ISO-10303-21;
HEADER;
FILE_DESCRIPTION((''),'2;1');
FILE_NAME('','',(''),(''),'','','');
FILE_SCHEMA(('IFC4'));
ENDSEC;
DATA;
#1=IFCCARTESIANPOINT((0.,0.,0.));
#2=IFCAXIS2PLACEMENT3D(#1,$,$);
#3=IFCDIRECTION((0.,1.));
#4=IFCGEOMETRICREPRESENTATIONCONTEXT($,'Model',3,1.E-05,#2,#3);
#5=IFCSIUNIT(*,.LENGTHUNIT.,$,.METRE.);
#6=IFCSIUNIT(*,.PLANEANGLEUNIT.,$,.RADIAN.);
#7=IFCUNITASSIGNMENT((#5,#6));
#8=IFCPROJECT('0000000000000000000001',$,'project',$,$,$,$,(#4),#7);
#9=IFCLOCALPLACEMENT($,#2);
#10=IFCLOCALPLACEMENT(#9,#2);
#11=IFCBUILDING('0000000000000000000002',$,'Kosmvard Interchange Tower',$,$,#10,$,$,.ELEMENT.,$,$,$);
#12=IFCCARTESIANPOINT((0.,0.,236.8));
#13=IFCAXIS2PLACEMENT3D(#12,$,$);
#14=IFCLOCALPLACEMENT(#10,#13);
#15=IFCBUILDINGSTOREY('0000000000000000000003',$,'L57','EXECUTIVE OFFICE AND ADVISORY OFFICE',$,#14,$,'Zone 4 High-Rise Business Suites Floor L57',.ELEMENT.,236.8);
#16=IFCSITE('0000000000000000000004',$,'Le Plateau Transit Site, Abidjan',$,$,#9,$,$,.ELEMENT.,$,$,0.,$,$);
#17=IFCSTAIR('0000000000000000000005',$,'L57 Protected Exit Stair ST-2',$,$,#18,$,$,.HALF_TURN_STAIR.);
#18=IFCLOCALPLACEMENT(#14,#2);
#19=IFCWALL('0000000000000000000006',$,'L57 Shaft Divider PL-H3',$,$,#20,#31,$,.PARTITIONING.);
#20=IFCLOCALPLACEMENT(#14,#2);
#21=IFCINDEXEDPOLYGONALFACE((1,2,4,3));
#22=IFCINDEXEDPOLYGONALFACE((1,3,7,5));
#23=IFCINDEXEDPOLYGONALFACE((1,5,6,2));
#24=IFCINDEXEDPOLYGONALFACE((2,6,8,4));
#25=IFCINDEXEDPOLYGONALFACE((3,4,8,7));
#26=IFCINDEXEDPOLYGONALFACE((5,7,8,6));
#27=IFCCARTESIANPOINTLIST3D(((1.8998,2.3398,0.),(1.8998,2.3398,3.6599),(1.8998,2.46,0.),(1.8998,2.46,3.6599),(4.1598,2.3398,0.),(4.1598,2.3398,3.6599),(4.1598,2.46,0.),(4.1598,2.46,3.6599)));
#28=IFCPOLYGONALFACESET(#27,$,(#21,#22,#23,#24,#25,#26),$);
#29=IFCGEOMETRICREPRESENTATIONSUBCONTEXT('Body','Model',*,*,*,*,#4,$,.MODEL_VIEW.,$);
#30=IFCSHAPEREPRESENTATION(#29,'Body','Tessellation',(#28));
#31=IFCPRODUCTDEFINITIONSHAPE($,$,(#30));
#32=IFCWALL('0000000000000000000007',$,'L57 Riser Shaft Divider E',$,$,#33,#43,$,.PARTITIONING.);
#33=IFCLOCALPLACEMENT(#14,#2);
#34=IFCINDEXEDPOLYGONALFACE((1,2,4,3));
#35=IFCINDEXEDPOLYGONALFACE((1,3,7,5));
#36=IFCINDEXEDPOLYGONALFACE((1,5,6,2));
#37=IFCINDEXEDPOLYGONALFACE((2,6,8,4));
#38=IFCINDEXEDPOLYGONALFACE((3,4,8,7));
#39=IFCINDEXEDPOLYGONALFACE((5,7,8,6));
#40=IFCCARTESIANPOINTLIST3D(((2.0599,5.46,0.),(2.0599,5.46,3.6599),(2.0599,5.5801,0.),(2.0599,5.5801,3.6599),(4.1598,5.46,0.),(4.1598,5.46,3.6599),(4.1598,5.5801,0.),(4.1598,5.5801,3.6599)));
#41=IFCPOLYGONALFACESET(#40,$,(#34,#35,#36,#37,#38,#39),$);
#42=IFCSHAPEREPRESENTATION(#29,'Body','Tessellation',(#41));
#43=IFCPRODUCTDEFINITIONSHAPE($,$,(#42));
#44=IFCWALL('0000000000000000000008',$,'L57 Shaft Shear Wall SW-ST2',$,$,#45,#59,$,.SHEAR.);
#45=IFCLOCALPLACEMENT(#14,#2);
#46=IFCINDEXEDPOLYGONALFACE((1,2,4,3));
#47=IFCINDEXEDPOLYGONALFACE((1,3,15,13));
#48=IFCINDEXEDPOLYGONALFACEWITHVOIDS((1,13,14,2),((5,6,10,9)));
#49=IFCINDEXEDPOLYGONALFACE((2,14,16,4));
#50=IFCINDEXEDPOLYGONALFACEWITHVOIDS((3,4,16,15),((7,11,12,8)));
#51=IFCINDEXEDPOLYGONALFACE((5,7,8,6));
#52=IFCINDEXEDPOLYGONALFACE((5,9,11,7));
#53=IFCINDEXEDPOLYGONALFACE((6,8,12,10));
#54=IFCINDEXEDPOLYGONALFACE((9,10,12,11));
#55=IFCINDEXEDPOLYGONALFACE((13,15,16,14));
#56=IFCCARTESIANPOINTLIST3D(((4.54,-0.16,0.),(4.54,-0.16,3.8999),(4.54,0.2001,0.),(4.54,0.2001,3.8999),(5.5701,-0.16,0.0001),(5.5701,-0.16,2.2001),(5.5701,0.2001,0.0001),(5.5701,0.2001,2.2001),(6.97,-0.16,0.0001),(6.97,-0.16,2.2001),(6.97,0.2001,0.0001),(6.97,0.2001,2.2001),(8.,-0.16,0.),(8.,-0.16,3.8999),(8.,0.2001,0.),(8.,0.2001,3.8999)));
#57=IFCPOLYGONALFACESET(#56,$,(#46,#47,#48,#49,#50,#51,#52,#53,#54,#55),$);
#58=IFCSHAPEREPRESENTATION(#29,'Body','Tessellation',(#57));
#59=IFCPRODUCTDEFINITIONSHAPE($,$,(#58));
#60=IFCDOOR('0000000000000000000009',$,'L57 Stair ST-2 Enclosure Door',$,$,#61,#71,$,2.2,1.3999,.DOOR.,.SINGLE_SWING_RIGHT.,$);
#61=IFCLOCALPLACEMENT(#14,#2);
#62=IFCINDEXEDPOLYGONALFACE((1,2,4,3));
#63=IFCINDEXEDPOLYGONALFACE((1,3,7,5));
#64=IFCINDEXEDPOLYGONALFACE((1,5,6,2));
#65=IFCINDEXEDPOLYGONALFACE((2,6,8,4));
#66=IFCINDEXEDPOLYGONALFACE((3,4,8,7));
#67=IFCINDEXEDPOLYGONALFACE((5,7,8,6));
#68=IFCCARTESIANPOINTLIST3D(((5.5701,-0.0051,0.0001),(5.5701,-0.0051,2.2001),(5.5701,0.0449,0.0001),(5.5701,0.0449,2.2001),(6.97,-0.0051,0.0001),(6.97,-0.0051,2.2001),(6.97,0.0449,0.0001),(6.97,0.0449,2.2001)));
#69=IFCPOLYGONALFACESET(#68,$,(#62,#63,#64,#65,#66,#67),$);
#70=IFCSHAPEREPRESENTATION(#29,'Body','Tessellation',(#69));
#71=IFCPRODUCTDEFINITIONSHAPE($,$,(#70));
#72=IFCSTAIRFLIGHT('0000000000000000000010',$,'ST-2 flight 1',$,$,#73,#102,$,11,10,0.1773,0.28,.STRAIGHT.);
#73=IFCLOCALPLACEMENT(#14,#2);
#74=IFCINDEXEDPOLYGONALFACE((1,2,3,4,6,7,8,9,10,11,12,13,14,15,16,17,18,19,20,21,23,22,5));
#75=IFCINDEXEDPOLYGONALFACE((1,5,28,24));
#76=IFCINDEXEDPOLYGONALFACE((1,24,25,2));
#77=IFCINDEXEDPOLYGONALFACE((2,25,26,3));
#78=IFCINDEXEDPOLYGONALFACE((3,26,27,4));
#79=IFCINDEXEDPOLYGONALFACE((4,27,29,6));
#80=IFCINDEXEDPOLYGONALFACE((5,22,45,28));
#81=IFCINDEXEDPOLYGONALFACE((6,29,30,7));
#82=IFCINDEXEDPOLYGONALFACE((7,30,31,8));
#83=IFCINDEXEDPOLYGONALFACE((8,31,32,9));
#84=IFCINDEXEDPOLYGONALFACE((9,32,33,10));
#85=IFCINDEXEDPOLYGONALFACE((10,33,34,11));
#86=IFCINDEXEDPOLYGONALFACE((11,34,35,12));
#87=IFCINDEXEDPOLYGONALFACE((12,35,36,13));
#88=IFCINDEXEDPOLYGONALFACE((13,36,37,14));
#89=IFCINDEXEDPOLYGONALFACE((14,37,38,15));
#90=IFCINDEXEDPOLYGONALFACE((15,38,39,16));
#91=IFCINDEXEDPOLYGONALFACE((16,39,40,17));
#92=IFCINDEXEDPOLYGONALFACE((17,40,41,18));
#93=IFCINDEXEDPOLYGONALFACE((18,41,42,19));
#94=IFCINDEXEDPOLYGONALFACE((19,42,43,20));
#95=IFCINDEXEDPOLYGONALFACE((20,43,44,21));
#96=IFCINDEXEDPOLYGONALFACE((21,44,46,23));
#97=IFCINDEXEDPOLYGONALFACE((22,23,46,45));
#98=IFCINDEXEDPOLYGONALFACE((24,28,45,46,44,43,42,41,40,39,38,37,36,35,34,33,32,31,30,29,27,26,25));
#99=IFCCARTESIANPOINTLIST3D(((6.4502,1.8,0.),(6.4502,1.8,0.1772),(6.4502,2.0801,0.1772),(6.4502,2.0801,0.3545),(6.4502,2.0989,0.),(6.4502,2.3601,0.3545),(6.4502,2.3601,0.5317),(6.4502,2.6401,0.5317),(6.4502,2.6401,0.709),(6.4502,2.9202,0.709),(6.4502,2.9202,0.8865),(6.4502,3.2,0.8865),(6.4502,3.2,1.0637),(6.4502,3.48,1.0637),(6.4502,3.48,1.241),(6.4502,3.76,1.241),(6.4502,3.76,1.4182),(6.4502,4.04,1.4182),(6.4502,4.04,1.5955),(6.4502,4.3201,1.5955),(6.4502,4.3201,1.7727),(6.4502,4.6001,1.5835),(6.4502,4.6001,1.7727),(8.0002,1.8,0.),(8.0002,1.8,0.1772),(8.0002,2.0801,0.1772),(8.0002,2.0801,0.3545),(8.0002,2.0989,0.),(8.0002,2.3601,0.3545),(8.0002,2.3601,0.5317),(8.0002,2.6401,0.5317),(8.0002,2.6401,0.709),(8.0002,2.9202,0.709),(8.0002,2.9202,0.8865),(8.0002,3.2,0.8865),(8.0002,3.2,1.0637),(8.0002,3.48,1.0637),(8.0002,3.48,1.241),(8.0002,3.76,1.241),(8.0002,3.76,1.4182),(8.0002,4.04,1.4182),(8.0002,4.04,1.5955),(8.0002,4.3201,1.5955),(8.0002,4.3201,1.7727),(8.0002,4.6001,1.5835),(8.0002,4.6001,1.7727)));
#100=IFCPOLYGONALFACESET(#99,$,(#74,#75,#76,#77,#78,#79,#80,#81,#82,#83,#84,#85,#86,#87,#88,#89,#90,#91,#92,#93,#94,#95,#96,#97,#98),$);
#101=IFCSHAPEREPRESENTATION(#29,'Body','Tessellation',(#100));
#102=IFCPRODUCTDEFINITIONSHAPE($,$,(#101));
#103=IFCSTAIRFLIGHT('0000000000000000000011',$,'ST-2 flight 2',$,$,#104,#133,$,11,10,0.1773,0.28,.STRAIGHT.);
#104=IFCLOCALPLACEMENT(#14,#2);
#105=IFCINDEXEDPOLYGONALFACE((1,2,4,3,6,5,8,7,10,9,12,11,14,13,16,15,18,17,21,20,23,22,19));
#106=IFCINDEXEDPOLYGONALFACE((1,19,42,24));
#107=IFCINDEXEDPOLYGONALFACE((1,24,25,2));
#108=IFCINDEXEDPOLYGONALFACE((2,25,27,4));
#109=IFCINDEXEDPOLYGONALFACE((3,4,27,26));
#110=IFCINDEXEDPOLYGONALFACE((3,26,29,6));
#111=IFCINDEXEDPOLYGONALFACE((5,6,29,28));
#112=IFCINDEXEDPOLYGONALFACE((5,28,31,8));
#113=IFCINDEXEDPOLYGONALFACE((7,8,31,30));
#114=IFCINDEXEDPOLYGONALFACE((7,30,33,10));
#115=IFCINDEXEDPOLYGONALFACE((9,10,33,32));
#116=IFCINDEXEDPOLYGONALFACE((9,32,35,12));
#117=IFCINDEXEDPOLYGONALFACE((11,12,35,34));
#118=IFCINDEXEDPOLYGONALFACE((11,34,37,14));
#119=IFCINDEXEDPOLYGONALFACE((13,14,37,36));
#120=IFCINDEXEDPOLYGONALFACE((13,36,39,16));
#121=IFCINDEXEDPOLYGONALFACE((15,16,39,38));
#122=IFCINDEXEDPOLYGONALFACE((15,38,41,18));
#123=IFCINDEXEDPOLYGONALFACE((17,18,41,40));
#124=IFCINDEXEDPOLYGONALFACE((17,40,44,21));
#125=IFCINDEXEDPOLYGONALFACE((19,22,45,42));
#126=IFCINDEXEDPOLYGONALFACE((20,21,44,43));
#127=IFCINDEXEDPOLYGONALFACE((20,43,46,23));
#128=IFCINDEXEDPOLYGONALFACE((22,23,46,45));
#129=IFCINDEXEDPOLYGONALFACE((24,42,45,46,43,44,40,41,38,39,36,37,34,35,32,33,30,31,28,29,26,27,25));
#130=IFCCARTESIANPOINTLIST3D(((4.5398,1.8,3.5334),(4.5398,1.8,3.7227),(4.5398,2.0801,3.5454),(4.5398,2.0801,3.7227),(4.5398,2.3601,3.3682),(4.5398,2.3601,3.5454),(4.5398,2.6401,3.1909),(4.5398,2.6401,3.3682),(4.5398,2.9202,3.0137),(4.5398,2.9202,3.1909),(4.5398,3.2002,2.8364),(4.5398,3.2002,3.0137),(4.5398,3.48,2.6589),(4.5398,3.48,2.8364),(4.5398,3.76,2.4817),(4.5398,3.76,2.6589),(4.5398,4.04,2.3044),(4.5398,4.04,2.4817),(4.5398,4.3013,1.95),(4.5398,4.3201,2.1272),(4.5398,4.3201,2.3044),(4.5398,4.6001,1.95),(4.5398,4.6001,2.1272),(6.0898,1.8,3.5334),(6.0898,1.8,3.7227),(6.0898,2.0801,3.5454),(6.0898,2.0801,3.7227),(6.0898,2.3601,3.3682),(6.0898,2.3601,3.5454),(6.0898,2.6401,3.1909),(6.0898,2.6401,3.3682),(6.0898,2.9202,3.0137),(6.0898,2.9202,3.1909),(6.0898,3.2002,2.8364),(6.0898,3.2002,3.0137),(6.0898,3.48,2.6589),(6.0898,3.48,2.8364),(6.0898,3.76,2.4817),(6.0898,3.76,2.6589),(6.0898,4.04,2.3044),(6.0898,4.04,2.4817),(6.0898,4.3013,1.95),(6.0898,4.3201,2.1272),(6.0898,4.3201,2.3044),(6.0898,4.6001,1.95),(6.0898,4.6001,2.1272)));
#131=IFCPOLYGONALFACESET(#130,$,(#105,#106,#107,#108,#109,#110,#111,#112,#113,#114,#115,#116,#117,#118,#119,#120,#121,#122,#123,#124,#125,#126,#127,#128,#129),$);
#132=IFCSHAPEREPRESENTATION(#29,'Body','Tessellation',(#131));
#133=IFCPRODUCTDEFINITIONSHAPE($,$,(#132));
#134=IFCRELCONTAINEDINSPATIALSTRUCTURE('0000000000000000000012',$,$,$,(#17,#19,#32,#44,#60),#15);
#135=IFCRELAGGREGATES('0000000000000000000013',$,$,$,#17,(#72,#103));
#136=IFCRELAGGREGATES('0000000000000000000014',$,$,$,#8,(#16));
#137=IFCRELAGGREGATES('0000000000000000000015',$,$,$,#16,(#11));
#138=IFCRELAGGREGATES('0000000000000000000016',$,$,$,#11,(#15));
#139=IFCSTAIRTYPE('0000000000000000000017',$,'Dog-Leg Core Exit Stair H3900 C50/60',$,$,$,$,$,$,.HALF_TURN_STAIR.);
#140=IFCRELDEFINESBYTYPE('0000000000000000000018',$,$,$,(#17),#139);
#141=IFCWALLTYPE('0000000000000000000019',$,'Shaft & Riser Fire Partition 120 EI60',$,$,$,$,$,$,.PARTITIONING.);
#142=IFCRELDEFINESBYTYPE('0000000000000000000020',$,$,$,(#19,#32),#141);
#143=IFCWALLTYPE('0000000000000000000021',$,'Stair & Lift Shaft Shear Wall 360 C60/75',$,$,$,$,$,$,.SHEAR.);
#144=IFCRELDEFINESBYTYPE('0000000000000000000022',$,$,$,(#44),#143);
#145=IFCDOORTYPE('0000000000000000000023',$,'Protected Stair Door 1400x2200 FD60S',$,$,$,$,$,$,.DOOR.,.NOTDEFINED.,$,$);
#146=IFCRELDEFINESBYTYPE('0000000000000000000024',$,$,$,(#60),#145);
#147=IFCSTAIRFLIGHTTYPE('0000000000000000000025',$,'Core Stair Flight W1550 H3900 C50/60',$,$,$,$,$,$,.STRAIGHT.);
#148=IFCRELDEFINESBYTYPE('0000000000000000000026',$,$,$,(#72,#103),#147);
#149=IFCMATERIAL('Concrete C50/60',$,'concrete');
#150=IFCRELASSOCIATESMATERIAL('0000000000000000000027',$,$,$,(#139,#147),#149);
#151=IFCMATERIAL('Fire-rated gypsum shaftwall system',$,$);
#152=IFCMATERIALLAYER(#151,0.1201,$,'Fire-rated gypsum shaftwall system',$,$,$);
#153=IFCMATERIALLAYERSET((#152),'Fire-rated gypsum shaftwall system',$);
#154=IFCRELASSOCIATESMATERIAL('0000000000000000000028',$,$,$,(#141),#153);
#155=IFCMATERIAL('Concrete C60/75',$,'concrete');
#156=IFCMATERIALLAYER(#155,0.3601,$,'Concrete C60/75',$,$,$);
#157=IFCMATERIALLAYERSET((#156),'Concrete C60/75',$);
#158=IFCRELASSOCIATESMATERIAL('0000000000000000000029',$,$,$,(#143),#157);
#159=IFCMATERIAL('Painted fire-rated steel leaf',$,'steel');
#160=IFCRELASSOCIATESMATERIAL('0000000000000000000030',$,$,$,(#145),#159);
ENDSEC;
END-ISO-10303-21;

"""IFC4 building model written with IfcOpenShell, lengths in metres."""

from ifc_helpers import new_model, si_unit, direction, frame, frame_2d, origin, place, context, subcontext, project, spatial, polyline, rectangle, outline, extrude, source, transform, mapped, material, layer, layer_set, type_object, element, fill, aggregate, save


model = new_model("IFC4")

# Units and contexts
model_context = context("Model", 3, precision=1e-05, world=origin(), true_north=direction((0.0, 1.0)))
body_context = subcontext(model_context, "Body", "Model", "MODEL_VIEW")
ifc_project = project(units=[si_unit("LENGTHUNIT", "METRE"), si_unit("PLANEANGLEUNIT", "RADIAN")], contexts=[model_context])

# Site, building, storey
site_placement = place(None, origin())
site = spatial("IfcSite", under=ifc_project, at=site_placement, Name="Le Plateau Transit Site, Abidjan", CompositionType="ELEMENT", RefElevation=0.0)
building_placement = place(site_placement, origin())
building = spatial("IfcBuilding", under=site, at=building_placement, Name="Kosmvard Interchange Tower", CompositionType="ELEMENT")
storey_placement = place(building_placement, frame((0.0, 0.0, 236.8)))
storey = spatial("IfcBuildingStorey", under=building, at=storey_placement, Name="L57", Description="EXECUTIVE OFFICE AND ADVISORY OFFICE", LongName="Zone 4 High-Rise Business Suites Floor L57", CompositionType="ELEMENT", Elevation=236.8)

# Shared definitions
ifc_material_1 = material(Name="Concrete C50/60", Category="concrete")

# Stair
stair_type = type_object("IfcStairType", Name="Dog-Leg Core Exit Stair H3900 C50/60", PredefinedType="HALF_TURN_STAIR", material=ifc_material_1)
stair_placement = place(storey_placement, origin())
stair = element("IfcStair", 1, at=stair_placement, inside=storey, type_object=stair_type, Name="L57 Protected Exit Stair ST-2", PredefinedType="HALF_TURN_STAIR")

# Walls
ifc_material_2 = material(Name="Fire-rated gypsum shaftwall system")
ifc_layer_1 = layer(ifc_material_2, 0.1201, Name="Fire-rated gypsum shaftwall system")
ifc_layer_set_1 = layer_set([ifc_layer_1], Name="Fire-rated gypsum shaftwall system")
wall_type_1 = type_object("IfcWallType", Name="Shaft & Riser Fire Partition 120 EI60", PredefinedType="PARTITIONING", material=ifc_layer_set_1)
wall_1_placement = place(storey_placement, frame((1.8999, 2.3999, 0.0), z_axis=(0.0, 0.0, 1.0), x_axis=(1.0, 0.0, 0.0)))
element("IfcWall", 2, at=wall_1_placement, inside=storey, type_object=wall_type_1, Name="L57 Shaft Divider PL-H3", PredefinedType="PARTITIONING", context=body_context, shape_type="SweptSolid", body=[
    extrude(rectangle(XDim=2.26, YDim=0.1201, at=frame_2d((1.1299, 0.0))), origin(), (0.0, 0.0, 1.0), 3.6599),
])
wall_2_placement = place(storey_placement, frame((2.0601, 5.52, 0.0), z_axis=(0.0, 0.0, 1.0), x_axis=(1.0, 0.0, 0.0)))
element("IfcWall", 3, at=wall_2_placement, inside=storey, type_object=wall_type_1, Name="L57 Riser Shaft Divider E", PredefinedType="PARTITIONING", context=body_context, shape_type="SweptSolid", body=[
    extrude(rectangle(XDim=2.0999, YDim=0.1201, at=frame_2d((1.0498, 0.0))), origin(), (0.0, 0.0, 1.0), 3.6599),
])

# Wall, opening, door
ifc_material_3 = material(Name="Concrete C60/75", Category="concrete")
ifc_layer_2 = layer(ifc_material_3, 0.3601, Name="Concrete C60/75")
ifc_layer_set_2 = layer_set([ifc_layer_2], Name="Concrete C60/75")
wall_type_2 = type_object("IfcWallType", Name="Stair & Lift Shaft Shear Wall 360 C60/75", PredefinedType="SHEAR", material=ifc_layer_set_2)
wall_3_placement = place(storey_placement, frame((4.54, 0.02, 0.0), z_axis=(0.0, 0.0, 1.0), x_axis=(1.0, 0.0, 0.0)))
wall_3 = element("IfcWall", 4, at=wall_3_placement, inside=storey, type_object=wall_type_2, Name="L57 Shaft Shear Wall SW-ST2", PredefinedType="SHEAR", context=body_context, shape_type="SweptSolid", body=[
    extrude(rectangle(XDim=3.46, YDim=0.3601, at=frame_2d((1.73, 0.0))), origin(), (0.0, 0.0, 1.0), 3.8999),
])
opening_1_placement = place(wall_3_placement, frame((1.03, 0.0, 0.0)))
opening_1 = element("IfcOpeningElement", 5, at=opening_1_placement, cuts=wall_3, PredefinedType="OPENING", context=body_context, shape_type="SweptSolid", body=[
    extrude(rectangle(XDim=1.3999, YDim=2.2, at=frame_2d((0.7, 1.1001))), frame((0.0, 0.1899, 0.0), z_axis=(0.0, -1.0, 0.0), x_axis=(1.0, 0.0, 0.0)), (0.0, 0.0, 1.0), 0.3801),
])
ifc_material_4 = material(Name="Painted fire-rated steel leaf", Category="steel")
door_type = type_object("IfcDoorType", Name="Protected Stair Door 1400x2200 FD60S", OperationType="NOTDEFINED", PredefinedType="DOOR", material=ifc_material_4)
shared_shape_1 = source(origin(), body_context, "Body", "SweptSolid", [
    extrude(rectangle(XDim=1.3999, YDim=2.2, at=frame_2d((0.7, 1.1001))), frame((0.0, 0.0249, 0.0), z_axis=(0.0, -1.0, 0.0), x_axis=(1.0, 0.0, 0.0)), (0.0, 0.0, 1.0), 0.05),
])
door_placement = place(opening_1_placement, origin())
door = element("IfcDoor", 6, at=door_placement, inside=storey, type_object=door_type, Name="L57 Stair ST-2 Enclosure Door", OperationType="SINGLE_SWING_RIGHT", OverallHeight=2.2, OverallWidth=1.3999, PredefinedType="DOOR", context=body_context, shape_type="MappedRepresentation", body=[
    mapped(shared_shape_1, transform((0.0, 0.0, 0.0), scale=1.0)),
])
fill(opening_1, door)

# Stair flights
stair_flight_type = type_object("IfcStairFlightType", Name="Core Stair Flight W1550 H3900 C50/60", PredefinedType="STRAIGHT", material=ifc_material_1)
shared_shape_2 = source(origin(), body_context, "Body", "SweptSolid", [
    extrude(outline(polyline([(0.0, 0.0), (0.0, 0.1772), (0.28, 0.1772), (0.28, 0.3545), (0.5601, 0.3545), (0.5601, 0.5317), (0.8401, 0.5317), (0.8401, 0.709), (1.1201, 0.709), (1.1201, 0.8865), (1.3999, 0.8865), (1.3999, 1.0637), (1.6799, 1.0637), (1.6799, 1.241), (1.96, 1.241), (1.96, 1.4182), (2.24, 1.4182), (2.24, 1.5955), (2.52, 1.5955), (2.52, 1.7727), (2.8, 1.7727), (2.8, 1.95), (2.8, 1.5835), (0.2988, 0.0), (0.0, 0.0)])), frame((0.0, 0.7749, 0.0), z_axis=(0.0, -1.0, 0.0), x_axis=(1.0, 0.0, 0.0)), (0.0, 0.0, 1.0), 1.55),
])
stair_flight_1_placement = place(storey_placement, frame((7.2251, 1.8, 0.0), z_axis=(0.0, 0.0, 1.0), x_axis=(0.0, 1.0, 0.0)))
stair_flight_1 = element("IfcStairFlight", 7, at=stair_flight_1_placement, type_object=stair_flight_type, Name="ST-2 flight 1", NumberOfRisers=11, NumberOfTreads=10, PredefinedType="STRAIGHT", RiserHeight=0.1773, TreadLength=0.28, context=body_context, shape_type="MappedRepresentation", body=[
    mapped(shared_shape_2, transform((0.0, 0.0, 0.0), scale=1.0)),
])
stair_flight_2_placement = place(storey_placement, frame((5.3149, 4.6001, 1.95), z_axis=(0.0, 0.0, 1.0), x_axis=(0.0, -1.0, 0.0)))
stair_flight_2 = element("IfcStairFlight", 8, at=stair_flight_2_placement, type_object=stair_flight_type, Name="ST-2 flight 2", NumberOfRisers=11, NumberOfTreads=10, PredefinedType="STRAIGHT", RiserHeight=0.1773, TreadLength=0.28, context=body_context, shape_type="MappedRepresentation", body=[
    mapped(shared_shape_2, transform((0.0, 0.0, 0.0), scale=1.0)),
])
aggregate(stair, [stair_flight_1, stair_flight_2])

save(model, "model.ifc")
